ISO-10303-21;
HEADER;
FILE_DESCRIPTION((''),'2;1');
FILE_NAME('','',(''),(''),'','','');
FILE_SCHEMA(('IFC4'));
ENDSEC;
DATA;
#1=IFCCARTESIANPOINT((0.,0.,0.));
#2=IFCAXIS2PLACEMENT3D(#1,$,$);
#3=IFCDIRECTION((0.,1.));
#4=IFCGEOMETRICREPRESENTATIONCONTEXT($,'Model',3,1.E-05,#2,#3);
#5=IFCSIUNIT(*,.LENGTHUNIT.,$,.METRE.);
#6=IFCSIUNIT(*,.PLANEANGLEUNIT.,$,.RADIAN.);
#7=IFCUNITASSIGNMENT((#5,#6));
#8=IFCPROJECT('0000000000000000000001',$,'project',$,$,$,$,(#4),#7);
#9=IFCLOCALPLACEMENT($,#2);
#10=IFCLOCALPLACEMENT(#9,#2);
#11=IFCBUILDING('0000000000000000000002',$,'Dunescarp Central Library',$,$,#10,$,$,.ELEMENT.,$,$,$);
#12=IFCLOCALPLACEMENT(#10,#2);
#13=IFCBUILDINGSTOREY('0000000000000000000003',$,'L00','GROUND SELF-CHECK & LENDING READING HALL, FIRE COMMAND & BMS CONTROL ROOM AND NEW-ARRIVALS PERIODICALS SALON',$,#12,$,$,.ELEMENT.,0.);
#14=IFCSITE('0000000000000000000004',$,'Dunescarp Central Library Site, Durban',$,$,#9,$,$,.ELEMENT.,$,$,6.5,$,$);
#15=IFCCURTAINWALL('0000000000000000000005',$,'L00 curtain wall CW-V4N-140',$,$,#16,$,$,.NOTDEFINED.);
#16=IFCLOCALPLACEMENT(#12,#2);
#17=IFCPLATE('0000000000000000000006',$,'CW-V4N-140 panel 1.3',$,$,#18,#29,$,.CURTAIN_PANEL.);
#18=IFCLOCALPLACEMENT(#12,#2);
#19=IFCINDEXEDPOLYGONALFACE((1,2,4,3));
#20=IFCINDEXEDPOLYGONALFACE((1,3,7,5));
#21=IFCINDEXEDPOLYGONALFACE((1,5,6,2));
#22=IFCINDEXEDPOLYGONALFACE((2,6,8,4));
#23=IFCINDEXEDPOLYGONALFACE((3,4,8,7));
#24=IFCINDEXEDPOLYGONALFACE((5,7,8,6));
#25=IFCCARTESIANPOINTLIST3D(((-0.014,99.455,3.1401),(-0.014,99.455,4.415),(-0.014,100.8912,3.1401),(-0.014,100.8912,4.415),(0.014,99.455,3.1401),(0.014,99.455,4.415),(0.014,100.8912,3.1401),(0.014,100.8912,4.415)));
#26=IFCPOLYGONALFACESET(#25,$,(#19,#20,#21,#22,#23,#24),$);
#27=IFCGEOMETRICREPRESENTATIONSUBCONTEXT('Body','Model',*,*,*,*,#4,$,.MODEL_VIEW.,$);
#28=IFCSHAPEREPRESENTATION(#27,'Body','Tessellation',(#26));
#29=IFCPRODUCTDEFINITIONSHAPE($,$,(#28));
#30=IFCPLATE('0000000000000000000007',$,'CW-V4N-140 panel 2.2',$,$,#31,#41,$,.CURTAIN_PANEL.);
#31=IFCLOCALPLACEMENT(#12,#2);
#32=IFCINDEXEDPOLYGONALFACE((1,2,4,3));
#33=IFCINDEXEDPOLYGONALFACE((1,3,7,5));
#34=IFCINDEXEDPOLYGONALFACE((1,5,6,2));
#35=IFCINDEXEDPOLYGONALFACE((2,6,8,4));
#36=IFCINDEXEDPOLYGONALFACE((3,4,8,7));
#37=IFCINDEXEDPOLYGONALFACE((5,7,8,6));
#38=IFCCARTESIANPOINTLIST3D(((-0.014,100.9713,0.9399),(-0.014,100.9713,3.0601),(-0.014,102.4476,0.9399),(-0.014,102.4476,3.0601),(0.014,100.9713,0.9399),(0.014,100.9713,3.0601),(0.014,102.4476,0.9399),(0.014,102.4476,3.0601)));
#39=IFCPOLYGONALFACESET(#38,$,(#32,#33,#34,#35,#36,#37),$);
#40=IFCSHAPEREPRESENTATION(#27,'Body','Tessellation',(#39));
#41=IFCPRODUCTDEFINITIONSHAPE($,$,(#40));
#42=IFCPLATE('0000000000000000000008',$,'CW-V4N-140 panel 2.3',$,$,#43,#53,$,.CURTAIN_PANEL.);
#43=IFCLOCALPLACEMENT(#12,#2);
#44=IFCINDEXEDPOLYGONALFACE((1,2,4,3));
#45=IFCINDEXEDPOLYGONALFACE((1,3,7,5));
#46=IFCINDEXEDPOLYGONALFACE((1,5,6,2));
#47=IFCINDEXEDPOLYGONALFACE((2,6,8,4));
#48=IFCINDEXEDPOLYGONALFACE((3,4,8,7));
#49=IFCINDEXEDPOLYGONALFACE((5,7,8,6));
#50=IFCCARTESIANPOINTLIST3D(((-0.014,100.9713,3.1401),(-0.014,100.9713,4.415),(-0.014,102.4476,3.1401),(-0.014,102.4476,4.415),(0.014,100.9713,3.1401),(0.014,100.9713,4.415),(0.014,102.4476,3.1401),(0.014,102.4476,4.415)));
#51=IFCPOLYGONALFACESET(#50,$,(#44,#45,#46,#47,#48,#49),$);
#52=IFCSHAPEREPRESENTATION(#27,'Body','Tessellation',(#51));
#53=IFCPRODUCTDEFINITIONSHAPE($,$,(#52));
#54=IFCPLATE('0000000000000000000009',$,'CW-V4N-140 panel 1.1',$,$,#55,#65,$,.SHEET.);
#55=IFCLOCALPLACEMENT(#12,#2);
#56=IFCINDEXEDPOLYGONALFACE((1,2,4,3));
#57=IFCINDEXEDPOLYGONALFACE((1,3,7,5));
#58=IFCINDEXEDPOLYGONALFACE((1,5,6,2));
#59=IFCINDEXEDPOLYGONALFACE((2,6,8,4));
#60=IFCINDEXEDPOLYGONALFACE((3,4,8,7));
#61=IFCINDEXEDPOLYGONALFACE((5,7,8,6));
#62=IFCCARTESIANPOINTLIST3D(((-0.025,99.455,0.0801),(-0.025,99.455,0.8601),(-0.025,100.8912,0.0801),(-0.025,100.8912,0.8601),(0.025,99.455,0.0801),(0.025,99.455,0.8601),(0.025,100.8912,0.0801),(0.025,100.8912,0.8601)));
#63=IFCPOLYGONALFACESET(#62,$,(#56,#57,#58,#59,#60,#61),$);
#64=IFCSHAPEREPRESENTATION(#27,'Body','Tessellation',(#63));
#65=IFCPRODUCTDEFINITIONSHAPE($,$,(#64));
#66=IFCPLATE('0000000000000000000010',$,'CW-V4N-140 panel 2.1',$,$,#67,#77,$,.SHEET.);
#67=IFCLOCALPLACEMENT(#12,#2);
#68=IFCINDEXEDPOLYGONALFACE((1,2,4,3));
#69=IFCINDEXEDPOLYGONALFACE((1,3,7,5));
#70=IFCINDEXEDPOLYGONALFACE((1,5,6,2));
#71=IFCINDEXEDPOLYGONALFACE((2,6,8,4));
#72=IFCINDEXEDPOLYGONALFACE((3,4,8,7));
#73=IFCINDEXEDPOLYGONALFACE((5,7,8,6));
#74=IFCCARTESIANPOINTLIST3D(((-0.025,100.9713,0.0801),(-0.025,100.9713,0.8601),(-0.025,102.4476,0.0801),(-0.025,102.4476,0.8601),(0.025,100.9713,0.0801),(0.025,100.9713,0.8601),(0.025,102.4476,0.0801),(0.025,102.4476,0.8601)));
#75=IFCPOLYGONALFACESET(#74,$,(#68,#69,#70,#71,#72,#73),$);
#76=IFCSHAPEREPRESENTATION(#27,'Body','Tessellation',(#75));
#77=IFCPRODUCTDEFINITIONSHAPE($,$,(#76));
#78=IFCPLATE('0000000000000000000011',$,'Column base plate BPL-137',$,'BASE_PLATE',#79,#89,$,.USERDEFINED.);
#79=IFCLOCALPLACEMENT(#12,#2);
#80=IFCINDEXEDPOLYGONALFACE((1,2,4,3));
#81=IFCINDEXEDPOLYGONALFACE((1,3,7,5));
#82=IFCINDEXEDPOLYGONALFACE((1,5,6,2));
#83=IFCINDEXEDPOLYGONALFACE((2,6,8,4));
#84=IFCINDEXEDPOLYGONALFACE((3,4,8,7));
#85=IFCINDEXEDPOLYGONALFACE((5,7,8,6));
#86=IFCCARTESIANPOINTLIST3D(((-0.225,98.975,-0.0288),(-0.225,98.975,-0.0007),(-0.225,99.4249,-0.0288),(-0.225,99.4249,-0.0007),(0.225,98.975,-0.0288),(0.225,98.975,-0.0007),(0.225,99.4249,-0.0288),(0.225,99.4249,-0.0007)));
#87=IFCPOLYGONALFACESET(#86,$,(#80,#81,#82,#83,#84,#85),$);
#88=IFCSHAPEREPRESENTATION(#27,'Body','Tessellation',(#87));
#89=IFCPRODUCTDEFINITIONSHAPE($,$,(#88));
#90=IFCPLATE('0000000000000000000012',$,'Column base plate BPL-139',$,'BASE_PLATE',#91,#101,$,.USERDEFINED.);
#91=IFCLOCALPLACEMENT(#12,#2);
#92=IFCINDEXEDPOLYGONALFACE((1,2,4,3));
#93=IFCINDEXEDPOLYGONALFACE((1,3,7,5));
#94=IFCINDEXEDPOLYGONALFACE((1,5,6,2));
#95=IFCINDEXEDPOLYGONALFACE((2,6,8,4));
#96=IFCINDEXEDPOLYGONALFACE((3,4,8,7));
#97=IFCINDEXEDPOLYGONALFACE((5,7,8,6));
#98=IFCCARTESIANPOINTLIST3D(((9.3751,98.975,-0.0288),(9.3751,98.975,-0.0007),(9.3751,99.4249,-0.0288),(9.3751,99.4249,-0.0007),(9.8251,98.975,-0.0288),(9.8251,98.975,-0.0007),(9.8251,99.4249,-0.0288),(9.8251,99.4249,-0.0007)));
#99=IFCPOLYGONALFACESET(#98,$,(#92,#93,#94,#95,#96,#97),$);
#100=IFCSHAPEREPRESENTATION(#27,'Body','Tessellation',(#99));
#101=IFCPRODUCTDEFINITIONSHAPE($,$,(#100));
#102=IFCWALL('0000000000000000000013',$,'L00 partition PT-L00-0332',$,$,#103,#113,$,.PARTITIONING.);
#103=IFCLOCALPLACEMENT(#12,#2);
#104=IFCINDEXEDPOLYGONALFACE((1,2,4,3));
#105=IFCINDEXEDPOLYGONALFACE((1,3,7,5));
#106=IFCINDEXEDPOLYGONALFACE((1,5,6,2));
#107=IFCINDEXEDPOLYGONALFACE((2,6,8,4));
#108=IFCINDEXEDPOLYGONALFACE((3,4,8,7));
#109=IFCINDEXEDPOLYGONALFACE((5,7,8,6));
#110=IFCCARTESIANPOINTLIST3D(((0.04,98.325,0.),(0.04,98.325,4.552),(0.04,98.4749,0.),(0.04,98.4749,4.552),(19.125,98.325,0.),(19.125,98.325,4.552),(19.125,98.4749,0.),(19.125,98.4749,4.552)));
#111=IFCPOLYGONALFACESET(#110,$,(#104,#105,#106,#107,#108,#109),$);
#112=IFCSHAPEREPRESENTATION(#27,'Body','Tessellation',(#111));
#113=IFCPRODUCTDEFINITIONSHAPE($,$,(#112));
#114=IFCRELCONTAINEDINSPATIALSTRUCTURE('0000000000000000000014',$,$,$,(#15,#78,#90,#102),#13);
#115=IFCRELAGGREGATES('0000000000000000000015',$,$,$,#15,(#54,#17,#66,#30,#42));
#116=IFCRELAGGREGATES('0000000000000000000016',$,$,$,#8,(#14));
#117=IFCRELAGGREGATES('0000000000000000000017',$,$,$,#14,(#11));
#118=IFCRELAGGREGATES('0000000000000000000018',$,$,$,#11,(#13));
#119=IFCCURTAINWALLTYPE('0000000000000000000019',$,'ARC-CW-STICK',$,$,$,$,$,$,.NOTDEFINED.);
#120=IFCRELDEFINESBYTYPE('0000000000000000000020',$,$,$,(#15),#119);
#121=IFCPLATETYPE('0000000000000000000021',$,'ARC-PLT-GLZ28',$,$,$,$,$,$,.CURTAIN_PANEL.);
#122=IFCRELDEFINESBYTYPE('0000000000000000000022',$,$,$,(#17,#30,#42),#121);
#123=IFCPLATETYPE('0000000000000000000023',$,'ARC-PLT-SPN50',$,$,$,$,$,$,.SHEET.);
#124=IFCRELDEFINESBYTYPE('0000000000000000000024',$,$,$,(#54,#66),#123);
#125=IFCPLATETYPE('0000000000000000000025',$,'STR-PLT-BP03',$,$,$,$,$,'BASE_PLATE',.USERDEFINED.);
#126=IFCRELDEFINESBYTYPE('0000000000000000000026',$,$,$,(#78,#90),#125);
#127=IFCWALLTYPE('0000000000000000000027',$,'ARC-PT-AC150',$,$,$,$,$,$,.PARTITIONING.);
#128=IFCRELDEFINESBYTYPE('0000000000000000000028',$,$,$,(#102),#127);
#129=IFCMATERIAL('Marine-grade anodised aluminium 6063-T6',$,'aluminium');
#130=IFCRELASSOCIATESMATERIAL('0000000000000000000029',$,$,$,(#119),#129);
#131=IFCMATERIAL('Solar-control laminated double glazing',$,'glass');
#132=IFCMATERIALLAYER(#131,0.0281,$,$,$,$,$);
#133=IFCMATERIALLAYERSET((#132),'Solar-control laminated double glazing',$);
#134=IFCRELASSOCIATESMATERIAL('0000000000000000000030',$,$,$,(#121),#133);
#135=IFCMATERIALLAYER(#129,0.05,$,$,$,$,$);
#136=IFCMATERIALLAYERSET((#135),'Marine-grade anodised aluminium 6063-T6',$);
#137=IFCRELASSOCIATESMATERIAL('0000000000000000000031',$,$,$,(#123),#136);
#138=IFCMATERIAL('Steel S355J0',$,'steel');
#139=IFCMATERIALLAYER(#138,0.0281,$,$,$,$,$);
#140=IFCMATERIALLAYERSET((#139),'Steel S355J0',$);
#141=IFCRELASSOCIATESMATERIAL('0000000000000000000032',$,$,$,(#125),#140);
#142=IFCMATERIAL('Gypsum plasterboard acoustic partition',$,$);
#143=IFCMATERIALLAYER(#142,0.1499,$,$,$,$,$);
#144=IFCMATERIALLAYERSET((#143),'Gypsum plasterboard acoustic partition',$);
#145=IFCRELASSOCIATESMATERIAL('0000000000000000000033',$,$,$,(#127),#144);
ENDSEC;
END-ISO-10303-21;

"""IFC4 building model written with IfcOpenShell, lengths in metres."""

from ifc_helpers import new_model, si_unit, direction, frame, frame_2d, origin, origin_2d, place, context, subcontext, project, spatial, rectangle, extrude, material, layer, layer_set, type_object, element, aggregate, save


model = new_model("IFC4")

# Units and contexts
model_context = context("Model", 3, precision=1e-05, world=origin(), true_north=direction((0.0, 1.0)))
body_context = subcontext(model_context, "Body", "Model", "MODEL_VIEW")
ifc_project = project(units=[si_unit("LENGTHUNIT", "METRE"), si_unit("PLANEANGLEUNIT", "RADIAN")], contexts=[model_context])

# Site, building, storey
site_placement = place(None, origin())
site = spatial("IfcSite", under=ifc_project, at=site_placement, Name="Dunescarp Central Library Site, Durban", CompositionType="ELEMENT", RefElevation=6.5)
building_placement = place(site_placement, origin())
building = spatial("IfcBuilding", under=site, at=building_placement, Name="Dunescarp Central Library", CompositionType="ELEMENT")
storey_placement = place(building_placement, origin())
storey = spatial("IfcBuildingStorey", under=building, at=storey_placement, Name="L00", Description="GROUND SELF-CHECK & LENDING READING HALL, FIRE COMMAND & BMS CONTROL ROOM AND NEW-ARRIVALS PERIODICALS SALON", CompositionType="ELEMENT", Elevation=0.0)

# Shared definitions
ifc_material_1 = material(Name="Marine-grade anodised aluminium 6063-T6", Category="aluminium")
curtain_wall_type = type_object("IfcCurtainWallType", Name="ARC-CW-STICK", PredefinedType="NOTDEFINED", material=ifc_material_1)

# Curtain wall
curtain_wall_1_placement = place(storey_placement, origin())
curtain_wall_1 = element("IfcCurtainWall", 1, at=curtain_wall_1_placement, inside=storey, type_object=curtain_wall_type, Name="L00 curtain wall CW-V4N-140", PredefinedType="NOTDEFINED")

# Plates
ifc_material_2 = material(Name="Solar-control laminated double glazing", Category="glass")
ifc_layer_1 = layer(ifc_material_2, 0.0281)
ifc_layer_set_1 = layer_set([ifc_layer_1], Name="Solar-control laminated double glazing")
plate_type_1 = type_object("IfcPlateType", Name="ARC-PLT-GLZ28", PredefinedType="CURTAIN_PANEL", material=ifc_layer_set_1)
plate_1_placement = place(storey_placement, frame((0.0, 100.1731, 3.1401), z_axis=(0.0, 0.0, 1.0), x_axis=(0.0, 1.0, 0.0)))
plate_1 = element("IfcPlate", 2, at=plate_1_placement, type_object=plate_type_1, Name="CW-V4N-140 panel 1.3", PredefinedType="CURTAIN_PANEL", context=body_context, shape_type="SweptSolid", body=[
    extrude(rectangle(XDim=1.4363, YDim=0.0281, at=origin_2d()), origin(), (0.0, 0.0, 1.0), 1.2749),
])
plate_2_placement = place(storey_placement, frame((0.0, 101.7095, 0.9399), z_axis=(0.0, 0.0, 1.0), x_axis=(0.0, 1.0, 0.0)))
plate_2 = element("IfcPlate", 3, at=plate_2_placement, type_object=plate_type_1, Name="CW-V4N-140 panel 2.2", PredefinedType="CURTAIN_PANEL", context=body_context, shape_type="SweptSolid", body=[
    extrude(rectangle(XDim=1.4763, YDim=0.0281, at=origin_2d()), origin(), (0.0, 0.0, 1.0), 2.1201),
])
plate_3_placement = place(storey_placement, frame((0.0, 101.7095, 3.1401), z_axis=(0.0, 0.0, 1.0), x_axis=(0.0, 1.0, 0.0)))
plate_3 = element("IfcPlate", 4, at=plate_3_placement, type_object=plate_type_1, Name="CW-V4N-140 panel 2.3", PredefinedType="CURTAIN_PANEL", context=body_context, shape_type="SweptSolid", body=[
    extrude(rectangle(XDim=1.4763, YDim=0.0281, at=origin_2d()), origin(), (0.0, 0.0, 1.0), 1.2749),
])
ifc_layer_2 = layer(ifc_material_1, 0.05)
ifc_layer_set_2 = layer_set([ifc_layer_2], Name="Marine-grade anodised aluminium 6063-T6")
plate_type_2 = type_object("IfcPlateType", Name="ARC-PLT-SPN50", PredefinedType="SHEET", material=ifc_layer_set_2)
plate_4_placement = place(storey_placement, frame((0.0, 100.1731, 0.0801), z_axis=(0.0, 0.0, 1.0), x_axis=(0.0, 1.0, 0.0)))
plate_4 = element("IfcPlate", 5, at=plate_4_placement, type_object=plate_type_2, Name="CW-V4N-140 panel 1.1", PredefinedType="SHEET", context=body_context, shape_type="SweptSolid", body=[
    extrude(rectangle(XDim=1.4363, YDim=0.05, at=origin_2d()), origin(), (0.0, 0.0, 1.0), 0.78),
])
plate_5_placement = place(storey_placement, frame((0.0, 101.7095, 0.0801), z_axis=(0.0, 0.0, 1.0), x_axis=(0.0, 1.0, 0.0)))
plate_5 = element("IfcPlate", 6, at=plate_5_placement, type_object=plate_type_2, Name="CW-V4N-140 panel 2.1", PredefinedType="SHEET", context=body_context, shape_type="SweptSolid", body=[
    extrude(rectangle(XDim=1.4763, YDim=0.05, at=origin_2d()), origin(), (0.0, 0.0, 1.0), 0.78),
])
aggregate(curtain_wall_1, [plate_4, plate_1, plate_5, plate_2, plate_3])

# Plates
ifc_material_3 = material(Name="Steel S355J0", Category="steel")
ifc_layer_3 = layer(ifc_material_3, 0.0281)
ifc_layer_set_3 = layer_set([ifc_layer_3], Name="Steel S355J0")
plate_type_3 = type_object("IfcPlateType", Name="STR-PLT-BP03", ElementType="BASE_PLATE", PredefinedType="USERDEFINED", material=ifc_layer_set_3)
for number, where, z_axis, x_axis, name in (
    (7, (0.0, 99.2, -0.0288), (0.0, 0.0, 1.0), (1.0, 0.0, 0.0), "Column base plate BPL-137"),
    (8, (9.6001, 99.2, -0.0288), (0.0, 0.0, 1.0), (1.0, 0.0, 0.0), "Column base plate BPL-139"),
):
    element("IfcPlate", number, at=place(storey_placement, frame(where, z_axis=z_axis, x_axis=x_axis)), inside=storey, type_object=plate_type_3, Name=name, ObjectType="BASE_PLATE", PredefinedType="USERDEFINED", context=body_context, shape_type="SweptSolid", body=[
        extrude(rectangle(XDim=0.45, YDim=0.45, at=origin_2d()), origin(), (0.0, 0.0, 1.0), 0.0281),
    ])

# Wall
ifc_material_4 = material(Name="Gypsum plasterboard acoustic partition")
ifc_layer_4 = layer(ifc_material_4, 0.1499)
ifc_layer_set_4 = layer_set([ifc_layer_4], Name="Gypsum plasterboard acoustic partition")
wall_type = type_object("IfcWallType", Name="ARC-PT-AC150", PredefinedType="PARTITIONING", material=ifc_layer_set_4)
wall_placement = place(storey_placement, frame((0.04, 98.3999, 0.0), z_axis=(0.0, 0.0, 1.0), x_axis=(1.0, 0.0, 0.0)))
element("IfcWall", 9, at=wall_placement, inside=storey, type_object=wall_type, Name="L00 partition PT-L00-0332", PredefinedType="PARTITIONING", context=body_context, shape_type="SweptSolid", body=[
    extrude(rectangle(XDim=19.085, YDim=0.1499, at=frame_2d((9.5425, 0.0))), origin(), (0.0, 0.0, 1.0), 4.552),
])

save(model, "model.ifc")
